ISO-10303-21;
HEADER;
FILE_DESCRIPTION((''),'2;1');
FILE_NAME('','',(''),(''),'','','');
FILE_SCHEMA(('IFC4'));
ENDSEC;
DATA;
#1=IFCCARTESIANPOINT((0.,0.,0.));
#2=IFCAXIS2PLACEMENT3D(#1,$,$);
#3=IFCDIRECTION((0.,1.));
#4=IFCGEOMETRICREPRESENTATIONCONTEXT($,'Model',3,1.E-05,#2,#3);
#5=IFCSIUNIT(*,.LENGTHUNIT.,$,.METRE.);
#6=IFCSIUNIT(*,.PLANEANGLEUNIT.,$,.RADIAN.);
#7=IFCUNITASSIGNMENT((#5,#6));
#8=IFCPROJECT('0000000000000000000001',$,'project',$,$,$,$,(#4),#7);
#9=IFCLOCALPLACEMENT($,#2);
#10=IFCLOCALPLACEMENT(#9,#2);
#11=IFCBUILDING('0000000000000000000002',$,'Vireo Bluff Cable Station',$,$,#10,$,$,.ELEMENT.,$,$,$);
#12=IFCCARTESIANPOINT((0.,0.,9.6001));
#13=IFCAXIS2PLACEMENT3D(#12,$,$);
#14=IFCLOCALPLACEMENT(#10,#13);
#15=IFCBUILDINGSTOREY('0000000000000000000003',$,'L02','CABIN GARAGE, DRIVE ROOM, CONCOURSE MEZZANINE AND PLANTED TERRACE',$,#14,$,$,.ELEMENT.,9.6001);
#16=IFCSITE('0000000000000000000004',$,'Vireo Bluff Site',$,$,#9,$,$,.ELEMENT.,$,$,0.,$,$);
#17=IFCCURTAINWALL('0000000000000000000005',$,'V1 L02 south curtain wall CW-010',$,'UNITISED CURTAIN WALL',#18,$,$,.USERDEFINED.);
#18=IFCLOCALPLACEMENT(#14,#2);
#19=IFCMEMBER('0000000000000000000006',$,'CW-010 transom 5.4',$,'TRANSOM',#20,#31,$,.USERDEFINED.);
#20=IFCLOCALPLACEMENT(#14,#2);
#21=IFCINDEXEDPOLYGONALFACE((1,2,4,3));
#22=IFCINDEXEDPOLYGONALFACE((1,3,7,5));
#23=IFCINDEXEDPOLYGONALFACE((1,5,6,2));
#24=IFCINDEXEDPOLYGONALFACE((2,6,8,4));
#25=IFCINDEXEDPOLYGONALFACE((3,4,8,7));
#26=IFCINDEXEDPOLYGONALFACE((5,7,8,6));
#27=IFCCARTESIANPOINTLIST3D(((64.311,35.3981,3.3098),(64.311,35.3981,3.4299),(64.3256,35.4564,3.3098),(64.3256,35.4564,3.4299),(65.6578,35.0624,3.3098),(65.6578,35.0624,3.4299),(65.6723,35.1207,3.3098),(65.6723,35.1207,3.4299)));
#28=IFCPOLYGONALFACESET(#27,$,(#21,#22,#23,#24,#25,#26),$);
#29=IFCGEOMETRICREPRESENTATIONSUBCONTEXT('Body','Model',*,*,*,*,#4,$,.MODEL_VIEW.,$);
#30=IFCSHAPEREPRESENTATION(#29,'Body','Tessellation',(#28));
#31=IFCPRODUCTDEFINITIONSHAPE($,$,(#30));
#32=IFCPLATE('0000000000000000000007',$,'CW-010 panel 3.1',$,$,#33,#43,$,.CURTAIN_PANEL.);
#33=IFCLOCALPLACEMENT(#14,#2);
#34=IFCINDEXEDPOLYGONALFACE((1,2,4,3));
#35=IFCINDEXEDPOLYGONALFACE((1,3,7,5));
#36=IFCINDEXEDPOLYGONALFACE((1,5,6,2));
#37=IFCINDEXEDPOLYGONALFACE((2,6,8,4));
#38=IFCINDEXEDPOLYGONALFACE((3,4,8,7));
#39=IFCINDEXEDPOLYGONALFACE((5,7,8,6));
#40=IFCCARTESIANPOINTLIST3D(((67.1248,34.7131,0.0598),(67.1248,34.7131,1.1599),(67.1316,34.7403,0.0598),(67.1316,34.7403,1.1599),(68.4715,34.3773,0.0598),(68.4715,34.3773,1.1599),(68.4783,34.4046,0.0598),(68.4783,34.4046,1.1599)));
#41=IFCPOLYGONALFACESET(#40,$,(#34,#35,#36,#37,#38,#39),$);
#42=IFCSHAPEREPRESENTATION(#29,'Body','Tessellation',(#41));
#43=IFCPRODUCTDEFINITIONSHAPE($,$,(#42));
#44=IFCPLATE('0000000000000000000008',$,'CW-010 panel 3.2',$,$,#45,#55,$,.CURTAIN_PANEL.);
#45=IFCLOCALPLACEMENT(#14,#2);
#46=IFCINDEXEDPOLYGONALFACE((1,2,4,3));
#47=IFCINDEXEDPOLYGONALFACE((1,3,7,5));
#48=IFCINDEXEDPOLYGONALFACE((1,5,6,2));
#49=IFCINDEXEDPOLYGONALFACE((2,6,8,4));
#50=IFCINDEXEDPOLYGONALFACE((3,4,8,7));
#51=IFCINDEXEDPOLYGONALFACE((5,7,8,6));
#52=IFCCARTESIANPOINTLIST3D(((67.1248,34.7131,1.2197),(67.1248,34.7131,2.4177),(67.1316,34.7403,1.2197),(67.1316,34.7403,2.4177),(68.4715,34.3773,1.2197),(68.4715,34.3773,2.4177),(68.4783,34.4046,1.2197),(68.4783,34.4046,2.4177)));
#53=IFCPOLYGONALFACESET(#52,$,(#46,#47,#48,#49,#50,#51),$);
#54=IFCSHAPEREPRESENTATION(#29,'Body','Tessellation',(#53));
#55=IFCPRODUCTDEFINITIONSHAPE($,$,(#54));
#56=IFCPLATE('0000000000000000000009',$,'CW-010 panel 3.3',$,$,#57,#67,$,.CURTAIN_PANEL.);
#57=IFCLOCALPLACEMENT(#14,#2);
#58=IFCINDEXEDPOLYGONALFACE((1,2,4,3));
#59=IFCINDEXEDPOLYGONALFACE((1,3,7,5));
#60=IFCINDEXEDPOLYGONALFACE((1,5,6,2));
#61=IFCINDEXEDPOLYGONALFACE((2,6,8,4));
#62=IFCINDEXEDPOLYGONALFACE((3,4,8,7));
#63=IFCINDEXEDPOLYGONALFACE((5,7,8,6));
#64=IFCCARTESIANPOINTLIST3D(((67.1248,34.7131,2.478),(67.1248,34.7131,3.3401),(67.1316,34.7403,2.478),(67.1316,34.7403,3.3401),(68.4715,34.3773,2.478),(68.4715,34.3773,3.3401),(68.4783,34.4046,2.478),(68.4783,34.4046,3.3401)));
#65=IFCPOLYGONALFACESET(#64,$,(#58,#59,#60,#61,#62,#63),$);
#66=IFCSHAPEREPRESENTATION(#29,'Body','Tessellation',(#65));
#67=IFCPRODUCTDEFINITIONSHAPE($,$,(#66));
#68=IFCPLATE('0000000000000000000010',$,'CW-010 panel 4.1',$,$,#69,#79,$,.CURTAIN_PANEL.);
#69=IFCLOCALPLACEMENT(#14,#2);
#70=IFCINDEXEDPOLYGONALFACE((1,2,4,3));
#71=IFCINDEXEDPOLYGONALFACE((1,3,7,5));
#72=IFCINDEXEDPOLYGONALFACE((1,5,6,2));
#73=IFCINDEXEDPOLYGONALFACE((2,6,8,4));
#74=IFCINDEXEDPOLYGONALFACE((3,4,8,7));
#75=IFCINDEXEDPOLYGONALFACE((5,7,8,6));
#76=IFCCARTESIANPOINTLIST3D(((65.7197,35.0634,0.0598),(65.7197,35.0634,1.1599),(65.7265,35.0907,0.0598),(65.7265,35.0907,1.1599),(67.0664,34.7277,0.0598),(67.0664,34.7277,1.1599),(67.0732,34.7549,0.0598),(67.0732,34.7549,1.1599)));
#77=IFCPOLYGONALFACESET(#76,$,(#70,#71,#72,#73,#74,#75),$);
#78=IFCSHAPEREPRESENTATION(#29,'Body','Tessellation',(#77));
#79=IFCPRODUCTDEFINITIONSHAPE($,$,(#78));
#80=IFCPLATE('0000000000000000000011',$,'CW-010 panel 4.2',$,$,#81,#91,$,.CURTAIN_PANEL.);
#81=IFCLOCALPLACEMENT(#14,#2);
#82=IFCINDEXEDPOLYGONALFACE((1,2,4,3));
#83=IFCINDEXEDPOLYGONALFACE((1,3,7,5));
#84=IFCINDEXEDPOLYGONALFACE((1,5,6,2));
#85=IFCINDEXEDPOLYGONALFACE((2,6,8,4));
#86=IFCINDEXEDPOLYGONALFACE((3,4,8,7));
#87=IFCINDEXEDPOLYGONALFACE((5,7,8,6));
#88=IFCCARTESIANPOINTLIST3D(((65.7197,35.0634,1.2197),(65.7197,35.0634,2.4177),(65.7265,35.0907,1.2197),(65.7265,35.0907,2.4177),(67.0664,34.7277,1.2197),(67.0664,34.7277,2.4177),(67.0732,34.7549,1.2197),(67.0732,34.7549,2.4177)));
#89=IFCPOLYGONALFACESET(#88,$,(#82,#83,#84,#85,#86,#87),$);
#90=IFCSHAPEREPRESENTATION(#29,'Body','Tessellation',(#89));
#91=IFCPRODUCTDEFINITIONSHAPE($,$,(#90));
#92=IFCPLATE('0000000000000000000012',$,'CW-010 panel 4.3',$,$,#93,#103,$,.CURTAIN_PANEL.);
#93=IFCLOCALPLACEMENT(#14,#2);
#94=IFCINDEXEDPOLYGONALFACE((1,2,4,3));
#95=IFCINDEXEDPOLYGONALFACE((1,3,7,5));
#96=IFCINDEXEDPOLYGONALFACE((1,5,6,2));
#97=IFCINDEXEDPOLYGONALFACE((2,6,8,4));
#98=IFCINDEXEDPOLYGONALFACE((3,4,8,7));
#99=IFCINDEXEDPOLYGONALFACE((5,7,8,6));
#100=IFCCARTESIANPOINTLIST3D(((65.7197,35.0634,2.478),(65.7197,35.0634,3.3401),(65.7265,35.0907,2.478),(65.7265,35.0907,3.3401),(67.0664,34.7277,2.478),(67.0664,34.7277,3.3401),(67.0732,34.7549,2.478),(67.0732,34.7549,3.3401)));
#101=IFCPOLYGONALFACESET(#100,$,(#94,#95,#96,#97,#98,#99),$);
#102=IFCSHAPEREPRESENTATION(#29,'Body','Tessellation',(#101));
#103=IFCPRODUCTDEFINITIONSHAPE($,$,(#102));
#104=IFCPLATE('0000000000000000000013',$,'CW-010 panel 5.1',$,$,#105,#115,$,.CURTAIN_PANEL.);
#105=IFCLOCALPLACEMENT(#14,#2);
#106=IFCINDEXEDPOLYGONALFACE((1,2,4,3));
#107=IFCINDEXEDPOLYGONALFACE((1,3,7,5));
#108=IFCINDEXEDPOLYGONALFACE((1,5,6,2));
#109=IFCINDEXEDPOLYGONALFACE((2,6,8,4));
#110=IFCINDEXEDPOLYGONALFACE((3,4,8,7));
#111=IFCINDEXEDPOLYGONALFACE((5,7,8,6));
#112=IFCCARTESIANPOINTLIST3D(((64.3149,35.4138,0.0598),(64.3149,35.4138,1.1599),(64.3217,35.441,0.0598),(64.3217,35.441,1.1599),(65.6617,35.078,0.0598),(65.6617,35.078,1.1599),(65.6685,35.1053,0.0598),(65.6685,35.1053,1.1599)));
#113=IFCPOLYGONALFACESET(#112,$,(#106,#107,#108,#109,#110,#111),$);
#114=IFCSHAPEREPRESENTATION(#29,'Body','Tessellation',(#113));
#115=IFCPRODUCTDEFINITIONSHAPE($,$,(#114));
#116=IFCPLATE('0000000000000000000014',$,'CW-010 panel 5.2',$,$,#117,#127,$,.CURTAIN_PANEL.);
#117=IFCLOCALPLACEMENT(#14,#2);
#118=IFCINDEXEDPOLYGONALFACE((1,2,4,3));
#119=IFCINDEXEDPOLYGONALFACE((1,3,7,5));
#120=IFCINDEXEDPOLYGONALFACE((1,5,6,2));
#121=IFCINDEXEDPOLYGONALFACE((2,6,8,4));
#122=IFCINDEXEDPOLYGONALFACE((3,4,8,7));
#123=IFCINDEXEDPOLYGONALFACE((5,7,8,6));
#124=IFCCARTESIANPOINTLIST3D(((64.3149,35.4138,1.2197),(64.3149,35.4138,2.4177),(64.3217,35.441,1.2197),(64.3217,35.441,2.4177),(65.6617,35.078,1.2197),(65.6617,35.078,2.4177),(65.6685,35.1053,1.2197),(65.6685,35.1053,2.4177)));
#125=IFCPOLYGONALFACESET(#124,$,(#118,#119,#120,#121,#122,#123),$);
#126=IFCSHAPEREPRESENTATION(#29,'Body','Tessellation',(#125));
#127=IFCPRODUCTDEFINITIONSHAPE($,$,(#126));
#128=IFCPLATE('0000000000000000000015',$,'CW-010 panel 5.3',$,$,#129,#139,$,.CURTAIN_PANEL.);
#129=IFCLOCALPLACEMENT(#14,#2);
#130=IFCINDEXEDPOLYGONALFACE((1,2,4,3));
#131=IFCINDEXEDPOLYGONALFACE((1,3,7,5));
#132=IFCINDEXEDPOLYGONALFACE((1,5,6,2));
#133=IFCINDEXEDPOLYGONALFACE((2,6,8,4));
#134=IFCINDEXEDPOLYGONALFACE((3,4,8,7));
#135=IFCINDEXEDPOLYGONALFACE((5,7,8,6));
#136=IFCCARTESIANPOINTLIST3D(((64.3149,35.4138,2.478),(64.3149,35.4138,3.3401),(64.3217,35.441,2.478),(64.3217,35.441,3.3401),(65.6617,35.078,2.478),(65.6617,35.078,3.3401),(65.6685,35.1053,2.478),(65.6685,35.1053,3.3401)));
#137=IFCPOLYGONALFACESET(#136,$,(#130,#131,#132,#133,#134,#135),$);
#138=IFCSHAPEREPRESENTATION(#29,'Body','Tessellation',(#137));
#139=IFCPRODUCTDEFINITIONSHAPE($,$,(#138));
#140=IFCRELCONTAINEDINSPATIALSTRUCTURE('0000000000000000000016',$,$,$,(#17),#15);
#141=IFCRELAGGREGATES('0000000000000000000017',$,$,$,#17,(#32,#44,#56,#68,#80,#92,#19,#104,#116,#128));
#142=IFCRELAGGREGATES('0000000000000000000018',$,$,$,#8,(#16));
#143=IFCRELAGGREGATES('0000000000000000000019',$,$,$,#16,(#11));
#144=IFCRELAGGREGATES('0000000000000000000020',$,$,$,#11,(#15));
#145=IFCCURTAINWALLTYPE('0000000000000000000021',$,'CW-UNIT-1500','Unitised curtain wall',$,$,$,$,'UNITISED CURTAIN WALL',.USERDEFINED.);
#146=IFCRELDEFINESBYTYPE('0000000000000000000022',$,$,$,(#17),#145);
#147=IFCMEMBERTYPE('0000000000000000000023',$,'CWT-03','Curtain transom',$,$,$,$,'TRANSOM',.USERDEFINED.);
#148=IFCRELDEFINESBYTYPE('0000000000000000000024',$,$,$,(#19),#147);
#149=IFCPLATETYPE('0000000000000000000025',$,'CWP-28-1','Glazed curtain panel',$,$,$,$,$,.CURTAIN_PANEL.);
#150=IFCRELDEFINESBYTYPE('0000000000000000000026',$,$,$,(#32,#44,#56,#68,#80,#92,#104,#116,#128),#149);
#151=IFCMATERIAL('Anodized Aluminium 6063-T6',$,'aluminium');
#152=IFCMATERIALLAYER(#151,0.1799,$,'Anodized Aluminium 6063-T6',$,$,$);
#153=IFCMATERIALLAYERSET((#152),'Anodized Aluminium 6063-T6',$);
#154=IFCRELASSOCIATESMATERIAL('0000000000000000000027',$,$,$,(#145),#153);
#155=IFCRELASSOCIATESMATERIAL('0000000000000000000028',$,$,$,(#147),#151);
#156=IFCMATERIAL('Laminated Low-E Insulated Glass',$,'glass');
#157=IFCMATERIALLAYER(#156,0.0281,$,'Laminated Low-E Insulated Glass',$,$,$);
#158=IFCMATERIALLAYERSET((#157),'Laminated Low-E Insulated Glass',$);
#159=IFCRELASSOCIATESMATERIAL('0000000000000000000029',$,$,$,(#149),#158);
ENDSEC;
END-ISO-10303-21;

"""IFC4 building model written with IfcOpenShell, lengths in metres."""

from ifc_helpers import new_model, si_unit, direction, frame, origin, origin_2d, place, context, subcontext, project, spatial, rectangle, extrude, material, layer, layer_set, material_profile, profile_set, type_object, element, aggregate, save


model = new_model("IFC4")

# Units and contexts
model_context = context("Model", 3, precision=1e-05, world=origin(), true_north=direction((0.0, 1.0)))
body_context = subcontext(model_context, "Body", "Model", "MODEL_VIEW")
ifc_project = project(units=[si_unit("LENGTHUNIT", "METRE"), si_unit("PLANEANGLEUNIT", "RADIAN")], contexts=[model_context])

# Site, building, storey
site_placement = place(None, origin())
site = spatial("IfcSite", under=ifc_project, at=site_placement, Name="Vireo Bluff Site", CompositionType="ELEMENT", RefElevation=0.0)
building_placement = place(site_placement, origin())
building = spatial("IfcBuilding", under=site, at=building_placement, Name="Vireo Bluff Cable Station", CompositionType="ELEMENT")
storey_placement = place(building_placement, frame((0.0, 0.0, 9.6001)))
storey = spatial("IfcBuildingStorey", under=building, at=storey_placement, Name="L02", Description="CABIN GARAGE, DRIVE ROOM, CONCOURSE MEZZANINE AND PLANTED TERRACE", CompositionType="ELEMENT", Elevation=9.6001)

# Curtain wall, member, plates
ifc_material_1 = material(Name="Anodized Aluminium 6063-T6", Category="aluminium")
ifc_layer_1 = layer(ifc_material_1, 0.1799, Name="Anodized Aluminium 6063-T6")
ifc_layer_set_1 = layer_set([ifc_layer_1], Name="Anodized Aluminium 6063-T6")
curtain_wall_type = type_object("IfcCurtainWallType", Name="CW-UNIT-1500", Description="Unitised curtain wall", ElementType="UNITISED CURTAIN WALL", PredefinedType="USERDEFINED", material=ifc_layer_set_1)
curtain_wall_placement = place(storey_placement, origin())
curtain_wall = element("IfcCurtainWall", 1, at=curtain_wall_placement, inside=storey, type_object=curtain_wall_type, Name="V1 L02 south curtain wall CW-010", ObjectType="UNITISED CURTAIN WALL", PredefinedType="USERDEFINED")
ifc_material_profile_1 = material_profile(ifc_material_1, rectangle(XDim=0.0601, YDim=0.1201, at=origin_2d()), Name="ALU-T-60X120")
ifc_profile_set_1 = profile_set([ifc_material_profile_1], Name="Anodized Aluminium 6063-T6")
member_type_1 = type_object("IfcMemberType", Name="CWT-03", Description="Curtain transom", ElementType="TRANSOM", PredefinedType="USERDEFINED", material=ifc_profile_set_1)
member_1_placement = place(storey_placement, frame((65.665, 35.0916, 3.3699), z_axis=(-0.970308, 0.241873, 0.0), x_axis=(-0.241873, -0.970308, 0.0)))
member_1 = element("IfcMember", 2, at=member_1_placement, type_object=member_type_1, Name="CW-010 transom 5.4", ObjectType="TRANSOM", PredefinedType="USERDEFINED", context=body_context, shape_type="SweptSolid", body=[
    extrude(rectangle(XDim=0.0601, YDim=0.1201, at=origin_2d()), origin(), (0.0, 0.0, 1.0), 1.3879),
])
ifc_material_2 = material(Name="Laminated Low-E Insulated Glass", Category="glass")
ifc_layer_2 = layer(ifc_material_2, 0.0281, Name="Laminated Low-E Insulated Glass")
ifc_layer_set_2 = layer_set([ifc_layer_2], Name="Laminated Low-E Insulated Glass")
plate_type = type_object("IfcPlateType", Name="CWP-28-1", Description="Glazed curtain panel", PredefinedType="CURTAIN_PANEL", material=ifc_layer_set_2)
plate_1_placement = place(storey_placement, frame((67.8015, 34.5588, 0.0598), z_axis=(0.0, 0.0, 1.0), x_axis=(-0.970296, 0.241922, 0.0)))
plate_1 = element("IfcPlate", 3, at=plate_1_placement, type_object=plate_type, Name="CW-010 panel 3.1", PredefinedType="CURTAIN_PANEL", context=body_context, shape_type="SweptSolid", body=[
    extrude(rectangle(XDim=1.3879, YDim=0.0281, at=origin_2d()), origin(), (0.0, 0.0, 1.0), 1.1001),
])
plate_2_placement = place(storey_placement, frame((67.8015, 34.5588, 1.2197), z_axis=(0.0, 0.0, 1.0), x_axis=(-0.970296, 0.241922, 0.0)))
plate_2 = element("IfcPlate", 4, at=plate_2_placement, type_object=plate_type, Name="CW-010 panel 3.2", PredefinedType="CURTAIN_PANEL", context=body_context, shape_type="SweptSolid", body=[
    extrude(rectangle(XDim=1.3879, YDim=0.0281, at=origin_2d()), origin(), (0.0, 0.0, 1.0), 1.198),
])
plate_3_placement = place(storey_placement, frame((67.8015, 34.5588, 2.478), z_axis=(0.0, 0.0, 1.0), x_axis=(-0.970296, 0.241922, 0.0)))
plate_3 = element("IfcPlate", 5, at=plate_3_placement, type_object=plate_type, Name="CW-010 panel 3.3", PredefinedType="CURTAIN_PANEL", context=body_context, shape_type="SweptSolid", body=[
    extrude(rectangle(XDim=1.3879, YDim=0.0281, at=origin_2d()), origin(), (0.0, 0.0, 1.0), 0.8621),
])
plate_4_placement = place(storey_placement, frame((66.3965, 34.9092, 0.0598), z_axis=(0.0, 0.0, 1.0), x_axis=(-0.970296, 0.241922, 0.0)))
plate_4 = element("IfcPlate", 6, at=plate_4_placement, type_object=plate_type, Name="CW-010 panel 4.1", PredefinedType="CURTAIN_PANEL", context=body_context, shape_type="SweptSolid", body=[
    extrude(rectangle(XDim=1.3879, YDim=0.0281, at=origin_2d()), origin(), (0.0, 0.0, 1.0), 1.1001),
])
plate_5_placement = place(storey_placement, frame((66.3965, 34.9092, 1.2197), z_axis=(0.0, 0.0, 1.0), x_axis=(-0.970296, 0.241922, 0.0)))
plate_5 = element("IfcPlate", 7, at=plate_5_placement, type_object=plate_type, Name="CW-010 panel 4.2", PredefinedType="CURTAIN_PANEL", context=body_context, shape_type="SweptSolid", body=[
    extrude(rectangle(XDim=1.3879, YDim=0.0281, at=origin_2d()), origin(), (0.0, 0.0, 1.0), 1.198),
])
plate_6_placement = place(storey_placement, frame((66.3965, 34.9092, 2.478), z_axis=(0.0, 0.0, 1.0), x_axis=(-0.970296, 0.241922, 0.0)))
plate_6 = element("IfcPlate", 8, at=plate_6_placement, type_object=plate_type, Name="CW-010 panel 4.3", PredefinedType="CURTAIN_PANEL", context=body_context, shape_type="SweptSolid", body=[
    extrude(rectangle(XDim=1.3879, YDim=0.0281, at=origin_2d()), origin(), (0.0, 0.0, 1.0), 0.8621),
])
plate_7_placement = place(storey_placement, frame((64.9917, 35.2595, 0.0598), z_axis=(0.0, 0.0, 1.0), x_axis=(-0.970296, 0.241922, 0.0)))
plate_7 = element("IfcPlate", 9, at=plate_7_placement, type_object=plate_type, Name="CW-010 panel 5.1", PredefinedType="CURTAIN_PANEL", context=body_context, shape_type="SweptSolid", body=[
    extrude(rectangle(XDim=1.3879, YDim=0.0281, at=origin_2d()), origin(), (0.0, 0.0, 1.0), 1.1001),
])
plate_8_placement = place(storey_placement, frame((64.9917, 35.2595, 1.2197), z_axis=(0.0, 0.0, 1.0), x_axis=(-0.970296, 0.241922, 0.0)))
plate_8 = element("IfcPlate", 10, at=plate_8_placement, type_object=plate_type, Name="CW-010 panel 5.2", PredefinedType="CURTAIN_PANEL", context=body_context, shape_type="SweptSolid", body=[
    extrude(rectangle(XDim=1.3879, YDim=0.0281, at=origin_2d()), origin(), (0.0, 0.0, 1.0), 1.198),
])
plate_9_placement = place(storey_placement, frame((64.9917, 35.2595, 2.478), z_axis=(0.0, 0.0, 1.0), x_axis=(-0.970296, 0.241922, 0.0)))
plate_9 = element("IfcPlate", 11, at=plate_9_placement, type_object=plate_type, Name="CW-010 panel 5.3", PredefinedType="CURTAIN_PANEL", context=body_context, shape_type="SweptSolid", body=[
    extrude(rectangle(XDim=1.3879, YDim=0.0281, at=origin_2d()), origin(), (0.0, 0.0, 1.0), 0.8621),
])
aggregate(curtain_wall, [plate_1, plate_2, plate_3, plate_4, plate_5, plate_6, member_1, plate_7, plate_8, plate_9])

save(model, "model.ifc")
